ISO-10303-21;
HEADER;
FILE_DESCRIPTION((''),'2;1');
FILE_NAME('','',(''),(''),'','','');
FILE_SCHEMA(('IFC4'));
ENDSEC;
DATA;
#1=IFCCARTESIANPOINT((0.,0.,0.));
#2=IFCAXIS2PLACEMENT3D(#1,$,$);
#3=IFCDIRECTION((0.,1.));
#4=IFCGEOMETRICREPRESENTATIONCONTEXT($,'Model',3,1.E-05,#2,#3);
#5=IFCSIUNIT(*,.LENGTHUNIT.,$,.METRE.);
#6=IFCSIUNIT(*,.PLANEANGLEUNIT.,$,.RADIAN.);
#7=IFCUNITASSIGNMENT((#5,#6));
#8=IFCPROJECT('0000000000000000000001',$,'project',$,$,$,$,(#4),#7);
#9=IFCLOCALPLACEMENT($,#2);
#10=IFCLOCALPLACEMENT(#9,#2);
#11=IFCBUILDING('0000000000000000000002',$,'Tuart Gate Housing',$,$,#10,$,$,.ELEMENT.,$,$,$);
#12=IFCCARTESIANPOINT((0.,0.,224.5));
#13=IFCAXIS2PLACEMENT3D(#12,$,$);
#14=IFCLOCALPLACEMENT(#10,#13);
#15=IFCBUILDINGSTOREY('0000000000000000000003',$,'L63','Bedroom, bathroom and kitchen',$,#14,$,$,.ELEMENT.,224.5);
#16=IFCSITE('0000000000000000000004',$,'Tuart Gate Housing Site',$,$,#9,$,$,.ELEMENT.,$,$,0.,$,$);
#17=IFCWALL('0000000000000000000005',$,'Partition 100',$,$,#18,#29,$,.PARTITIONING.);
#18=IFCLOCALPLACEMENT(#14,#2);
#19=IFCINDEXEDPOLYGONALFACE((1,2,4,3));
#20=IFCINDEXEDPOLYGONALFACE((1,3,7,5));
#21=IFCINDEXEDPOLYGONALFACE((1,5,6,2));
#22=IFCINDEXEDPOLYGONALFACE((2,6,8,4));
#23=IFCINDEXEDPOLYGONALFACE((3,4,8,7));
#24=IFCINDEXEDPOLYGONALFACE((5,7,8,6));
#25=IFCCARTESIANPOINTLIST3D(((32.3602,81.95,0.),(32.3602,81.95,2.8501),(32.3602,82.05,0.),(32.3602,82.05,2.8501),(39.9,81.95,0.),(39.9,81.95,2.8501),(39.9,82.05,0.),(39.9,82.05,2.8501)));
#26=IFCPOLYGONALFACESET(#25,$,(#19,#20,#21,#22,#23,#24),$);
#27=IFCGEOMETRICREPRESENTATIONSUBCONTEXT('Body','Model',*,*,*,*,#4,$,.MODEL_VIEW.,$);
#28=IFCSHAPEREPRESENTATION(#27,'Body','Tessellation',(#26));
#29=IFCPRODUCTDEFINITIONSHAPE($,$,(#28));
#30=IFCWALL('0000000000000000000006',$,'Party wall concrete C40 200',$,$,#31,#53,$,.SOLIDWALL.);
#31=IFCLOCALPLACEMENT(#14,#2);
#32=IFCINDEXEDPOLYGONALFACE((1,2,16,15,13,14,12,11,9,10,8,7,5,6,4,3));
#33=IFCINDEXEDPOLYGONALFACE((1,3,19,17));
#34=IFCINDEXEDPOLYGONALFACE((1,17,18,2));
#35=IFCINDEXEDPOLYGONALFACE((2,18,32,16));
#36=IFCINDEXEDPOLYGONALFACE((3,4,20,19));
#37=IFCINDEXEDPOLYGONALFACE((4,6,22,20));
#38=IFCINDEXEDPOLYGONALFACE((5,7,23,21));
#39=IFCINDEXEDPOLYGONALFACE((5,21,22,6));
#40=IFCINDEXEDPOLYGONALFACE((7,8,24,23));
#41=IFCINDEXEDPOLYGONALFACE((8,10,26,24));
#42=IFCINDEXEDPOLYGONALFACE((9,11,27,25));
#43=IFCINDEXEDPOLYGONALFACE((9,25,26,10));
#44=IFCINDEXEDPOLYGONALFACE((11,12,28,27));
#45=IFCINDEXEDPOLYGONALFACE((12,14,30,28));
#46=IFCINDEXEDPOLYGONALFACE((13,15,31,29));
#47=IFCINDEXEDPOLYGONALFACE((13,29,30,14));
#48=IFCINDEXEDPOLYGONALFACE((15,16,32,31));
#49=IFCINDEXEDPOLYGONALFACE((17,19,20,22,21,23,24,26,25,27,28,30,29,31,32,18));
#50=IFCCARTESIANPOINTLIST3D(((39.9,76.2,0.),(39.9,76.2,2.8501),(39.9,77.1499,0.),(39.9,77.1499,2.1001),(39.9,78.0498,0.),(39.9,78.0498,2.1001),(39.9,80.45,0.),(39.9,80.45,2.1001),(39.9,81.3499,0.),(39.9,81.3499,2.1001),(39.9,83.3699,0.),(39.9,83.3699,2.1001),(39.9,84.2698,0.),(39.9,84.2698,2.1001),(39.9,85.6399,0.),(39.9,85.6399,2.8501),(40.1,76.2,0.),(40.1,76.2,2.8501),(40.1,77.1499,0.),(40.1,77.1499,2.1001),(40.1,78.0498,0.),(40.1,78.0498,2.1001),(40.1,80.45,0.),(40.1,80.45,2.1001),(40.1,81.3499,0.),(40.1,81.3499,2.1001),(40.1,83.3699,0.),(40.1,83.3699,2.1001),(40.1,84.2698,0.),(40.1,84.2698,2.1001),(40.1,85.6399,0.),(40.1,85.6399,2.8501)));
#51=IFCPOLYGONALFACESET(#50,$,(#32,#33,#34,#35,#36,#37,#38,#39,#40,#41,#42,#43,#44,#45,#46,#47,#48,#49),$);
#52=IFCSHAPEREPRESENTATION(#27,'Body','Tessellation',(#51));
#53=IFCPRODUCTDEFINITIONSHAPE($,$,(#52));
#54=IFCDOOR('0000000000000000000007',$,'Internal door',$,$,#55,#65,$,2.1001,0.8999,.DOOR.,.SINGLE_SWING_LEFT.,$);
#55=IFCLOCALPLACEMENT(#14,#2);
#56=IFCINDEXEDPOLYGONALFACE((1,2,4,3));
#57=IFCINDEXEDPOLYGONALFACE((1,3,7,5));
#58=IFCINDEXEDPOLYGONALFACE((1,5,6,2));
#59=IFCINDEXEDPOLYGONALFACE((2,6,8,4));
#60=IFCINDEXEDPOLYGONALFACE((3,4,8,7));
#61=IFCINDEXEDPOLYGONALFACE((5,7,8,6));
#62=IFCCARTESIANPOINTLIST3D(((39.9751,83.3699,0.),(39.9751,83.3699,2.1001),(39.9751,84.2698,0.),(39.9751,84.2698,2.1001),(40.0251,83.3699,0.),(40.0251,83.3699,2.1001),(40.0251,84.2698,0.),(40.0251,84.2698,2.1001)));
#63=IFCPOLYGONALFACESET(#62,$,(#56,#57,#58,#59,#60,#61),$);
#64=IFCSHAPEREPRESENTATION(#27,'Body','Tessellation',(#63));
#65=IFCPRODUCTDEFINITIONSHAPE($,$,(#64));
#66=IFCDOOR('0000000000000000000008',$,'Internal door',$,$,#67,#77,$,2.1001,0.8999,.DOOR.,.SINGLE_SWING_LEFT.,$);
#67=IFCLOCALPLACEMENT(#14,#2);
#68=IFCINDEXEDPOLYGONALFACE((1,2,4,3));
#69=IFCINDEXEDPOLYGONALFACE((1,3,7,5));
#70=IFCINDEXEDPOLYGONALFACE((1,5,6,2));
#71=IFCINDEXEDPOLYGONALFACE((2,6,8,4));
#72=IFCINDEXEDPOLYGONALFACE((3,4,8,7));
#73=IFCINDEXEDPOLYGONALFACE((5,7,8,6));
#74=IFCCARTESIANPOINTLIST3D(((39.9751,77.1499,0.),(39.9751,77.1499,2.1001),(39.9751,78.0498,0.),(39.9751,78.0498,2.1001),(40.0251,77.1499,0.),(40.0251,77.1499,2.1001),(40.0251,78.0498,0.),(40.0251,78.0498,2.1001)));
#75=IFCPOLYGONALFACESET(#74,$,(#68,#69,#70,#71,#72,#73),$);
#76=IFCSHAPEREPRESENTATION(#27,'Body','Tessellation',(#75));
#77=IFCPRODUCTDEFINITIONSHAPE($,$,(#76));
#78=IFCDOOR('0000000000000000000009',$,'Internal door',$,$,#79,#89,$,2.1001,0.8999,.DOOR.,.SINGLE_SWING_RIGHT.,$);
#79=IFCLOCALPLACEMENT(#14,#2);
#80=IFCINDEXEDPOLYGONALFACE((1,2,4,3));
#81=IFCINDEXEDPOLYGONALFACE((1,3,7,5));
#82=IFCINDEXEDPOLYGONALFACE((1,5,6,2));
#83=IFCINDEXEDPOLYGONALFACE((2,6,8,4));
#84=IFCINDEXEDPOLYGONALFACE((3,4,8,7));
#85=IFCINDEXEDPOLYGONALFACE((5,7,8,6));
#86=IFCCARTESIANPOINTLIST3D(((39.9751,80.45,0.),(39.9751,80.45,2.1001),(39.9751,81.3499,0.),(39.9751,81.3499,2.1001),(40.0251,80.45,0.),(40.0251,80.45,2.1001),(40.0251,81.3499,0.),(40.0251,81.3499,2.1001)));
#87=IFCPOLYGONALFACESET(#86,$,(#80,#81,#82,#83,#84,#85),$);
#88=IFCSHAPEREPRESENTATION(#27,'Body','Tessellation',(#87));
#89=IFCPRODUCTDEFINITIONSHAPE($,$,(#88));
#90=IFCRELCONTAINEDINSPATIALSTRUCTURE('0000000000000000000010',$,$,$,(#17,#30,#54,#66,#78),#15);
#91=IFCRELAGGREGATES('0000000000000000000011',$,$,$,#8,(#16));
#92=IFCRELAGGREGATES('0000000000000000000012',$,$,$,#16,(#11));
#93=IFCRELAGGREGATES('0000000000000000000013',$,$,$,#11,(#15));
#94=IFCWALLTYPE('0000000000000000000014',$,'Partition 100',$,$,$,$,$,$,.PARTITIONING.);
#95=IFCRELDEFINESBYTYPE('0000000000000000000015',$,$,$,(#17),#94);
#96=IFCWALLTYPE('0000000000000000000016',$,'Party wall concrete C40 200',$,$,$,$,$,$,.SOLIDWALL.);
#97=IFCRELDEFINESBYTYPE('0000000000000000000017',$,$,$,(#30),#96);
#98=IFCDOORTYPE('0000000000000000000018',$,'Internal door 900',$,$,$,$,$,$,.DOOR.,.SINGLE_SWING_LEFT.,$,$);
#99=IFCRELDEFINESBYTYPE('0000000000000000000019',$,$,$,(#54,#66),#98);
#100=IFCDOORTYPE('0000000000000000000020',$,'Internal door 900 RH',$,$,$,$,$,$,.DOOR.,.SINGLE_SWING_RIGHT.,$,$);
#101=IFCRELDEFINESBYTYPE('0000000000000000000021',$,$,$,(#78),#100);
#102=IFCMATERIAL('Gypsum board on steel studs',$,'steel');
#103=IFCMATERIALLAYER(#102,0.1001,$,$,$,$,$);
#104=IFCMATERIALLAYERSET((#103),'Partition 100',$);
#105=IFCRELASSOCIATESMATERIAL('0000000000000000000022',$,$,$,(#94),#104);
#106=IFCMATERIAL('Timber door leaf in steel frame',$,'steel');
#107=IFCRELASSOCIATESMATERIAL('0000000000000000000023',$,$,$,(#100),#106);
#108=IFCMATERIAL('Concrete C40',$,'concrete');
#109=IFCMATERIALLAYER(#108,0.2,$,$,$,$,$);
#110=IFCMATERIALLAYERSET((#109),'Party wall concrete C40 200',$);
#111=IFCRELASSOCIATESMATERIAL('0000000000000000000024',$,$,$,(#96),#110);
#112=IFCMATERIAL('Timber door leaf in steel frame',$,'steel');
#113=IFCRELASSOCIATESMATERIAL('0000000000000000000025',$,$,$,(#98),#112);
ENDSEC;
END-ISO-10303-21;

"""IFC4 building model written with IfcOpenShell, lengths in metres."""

from ifc_helpers import new_model, si_unit, direction, frame, frame_2d, origin, place, context, subcontext, project, spatial, rectangle, extrude, material, layer, layer_set, type_object, element, fill, save


model = new_model("IFC4")

# Units and contexts
model_context = context("Model", 3, precision=1e-05, world=origin(), true_north=direction((0.0, 1.0)))
body_context = subcontext(model_context, "Body", "Model", "MODEL_VIEW")
ifc_project = project(units=[si_unit("LENGTHUNIT", "METRE"), si_unit("PLANEANGLEUNIT", "RADIAN")], contexts=[model_context])

# Site, building, storey
site_placement = place(None, origin())
site = spatial("IfcSite", under=ifc_project, at=site_placement, Name="Tuart Gate Housing Site", CompositionType="ELEMENT", RefElevation=0.0)
building_placement = place(site_placement, origin())
building = spatial("IfcBuilding", under=site, at=building_placement, Name="Tuart Gate Housing", CompositionType="ELEMENT")
storey_placement = place(building_placement, frame((0.0, 0.0, 224.5)))
storey = spatial("IfcBuildingStorey", under=building, at=storey_placement, Name="L63", Description="Bedroom, bathroom and kitchen", CompositionType="ELEMENT", Elevation=224.5)

# Shared definitions
ifc_material_1 = material(Name="Gypsum board on steel studs", Category="steel")
ifc_layer_1 = layer(ifc_material_1, 0.1001)
ifc_layer_set_1 = layer_set([ifc_layer_1], Name="Partition 100")
wall_type_1 = type_object("IfcWallType", Name="Partition 100", PredefinedType="PARTITIONING", material=ifc_layer_set_1)

# Shared definitions
ifc_material_2 = material(Name="Timber door leaf in steel frame", Category="steel")
door_type_1 = type_object("IfcDoorType", Name="Internal door 900 RH", OperationType="SINGLE_SWING_RIGHT", PredefinedType="DOOR", material=ifc_material_2)

# Wall
wall_1_placement = place(storey_placement, frame((32.3601, 82.0, 0.0), z_axis=(0.0, 0.0, 1.0), x_axis=(1.0, 0.0, 0.0)))
element("IfcWall", 1, at=wall_1_placement, inside=storey, type_object=wall_type_1, Name="Partition 100", PredefinedType="PARTITIONING", context=body_context, shape_type="SweptSolid", body=[
    extrude(rectangle(XDim=7.5398, YDim=0.1001, at=frame_2d((3.77, 0.0))), origin(), (0.0, 0.0, 1.0), 2.8501),
])

# Wall, openings, doors
ifc_material_3 = material(Name="Concrete C40", Category="concrete")
ifc_layer_2 = layer(ifc_material_3, 0.2)
ifc_layer_set_2 = layer_set([ifc_layer_2], Name="Party wall concrete C40 200")
wall_type_2 = type_object("IfcWallType", Name="Party wall concrete C40 200", PredefinedType="SOLIDWALL", material=ifc_layer_set_2)
wall_2_placement = place(storey_placement, frame((40.0, 76.2, 0.0), z_axis=(0.0, 0.0, 1.0), x_axis=(0.0, 1.0, 0.0)))
wall_2 = element("IfcWall", 2, at=wall_2_placement, inside=storey, type_object=wall_type_2, Name="Party wall concrete C40 200", PredefinedType="SOLIDWALL", context=body_context, shape_type="SweptSolid", body=[
    extrude(rectangle(XDim=9.4399, YDim=0.2, at=frame_2d((4.72, 0.0))), origin(), (0.0, 0.0, 1.0), 2.8501),
])
opening_1_placement = place(wall_2_placement, frame((7.1699, 0.0, 0.0)))
opening_1 = element("IfcOpeningElement", 3, at=opening_1_placement, cuts=wall_2, PredefinedType="OPENING", context=body_context, shape_type="SweptSolid", body=[
    extrude(rectangle(XDim=0.8999, YDim=2.1001, at=frame_2d((0.45, 1.05))), frame((0.0, 0.1099, 0.0), z_axis=(0.0, -1.0, 0.0), x_axis=(1.0, 0.0, 0.0)), (0.0, 0.0, 1.0), 0.22),
])
opening_2_placement = place(wall_2_placement, frame((4.25, 0.0, 0.0)))
opening_2 = element("IfcOpeningElement", 4, at=opening_2_placement, cuts=wall_2, PredefinedType="OPENING", context=body_context, shape_type="SweptSolid", body=[
    extrude(rectangle(XDim=0.8999, YDim=2.1001, at=frame_2d((0.45, 1.05))), frame((0.0, 0.1099, 0.0), z_axis=(0.0, -1.0, 0.0), x_axis=(1.0, 0.0, 0.0)), (0.0, 0.0, 1.0), 0.22),
])
opening_3_placement = place(wall_2_placement, frame((0.95, 0.0, 0.0)))
opening_3 = element("IfcOpeningElement", 5, at=opening_3_placement, cuts=wall_2, PredefinedType="OPENING", context=body_context, shape_type="SweptSolid", body=[
    extrude(rectangle(XDim=0.8999, YDim=2.1001, at=frame_2d((0.45, 1.05))), frame((0.0, 0.1099, 0.0), z_axis=(0.0, -1.0, 0.0), x_axis=(1.0, 0.0, 0.0)), (0.0, 0.0, 1.0), 0.22),
])
ifc_material_4 = material(Name="Timber door leaf in steel frame", Category="steel")
door_type_2 = type_object("IfcDoorType", Name="Internal door 900", OperationType="SINGLE_SWING_LEFT", PredefinedType="DOOR", material=ifc_material_4)
door_1_placement = place(opening_1_placement, origin())
door_1 = element("IfcDoor", 6, at=door_1_placement, inside=storey, type_object=door_type_2, Name="Internal door", OperationType="SINGLE_SWING_LEFT", OverallHeight=2.1001, OverallWidth=0.8999, PredefinedType="DOOR", context=body_context, shape_type="SweptSolid", body=[
    extrude(rectangle(XDim=0.8999, YDim=2.1001, at=frame_2d((0.45, 1.05))), frame((0.0, 0.0249, 0.0), z_axis=(0.0, -1.0, 0.0), x_axis=(1.0, 0.0, 0.0)), (0.0, 0.0, 1.0), 0.05),
])
fill(opening_1, door_1)
door_2_placement = place(opening_3_placement, origin())
door_2 = element("IfcDoor", 7, at=door_2_placement, inside=storey, type_object=door_type_2, Name="Internal door", OperationType="SINGLE_SWING_LEFT", OverallHeight=2.1001, OverallWidth=0.8999, PredefinedType="DOOR", context=body_context, shape_type="SweptSolid", body=[
    extrude(rectangle(XDim=0.8999, YDim=2.1001, at=frame_2d((0.45, 1.05))), frame((0.0, 0.0249, 0.0), z_axis=(0.0, -1.0, 0.0), x_axis=(1.0, 0.0, 0.0)), (0.0, 0.0, 1.0), 0.05),
])
fill(opening_3, door_2)
door_3_placement = place(opening_2_placement, origin())
door_3 = element("IfcDoor", 8, at=door_3_placement, inside=storey, type_object=door_type_1, Name="Internal door", OperationType="SINGLE_SWING_RIGHT", OverallHeight=2.1001, OverallWidth=0.8999, PredefinedType="DOOR", context=body_context, shape_type="SweptSolid", body=[
    extrude(rectangle(XDim=0.8999, YDim=2.1001, at=frame_2d((0.45, 1.05))), frame((0.0, 0.0249, 0.0), z_axis=(0.0, -1.0, 0.0), x_axis=(1.0, 0.0, 0.0)), (0.0, 0.0, 1.0), 0.05),
])
fill(opening_2, door_3)

save(model, "model.ifc")
